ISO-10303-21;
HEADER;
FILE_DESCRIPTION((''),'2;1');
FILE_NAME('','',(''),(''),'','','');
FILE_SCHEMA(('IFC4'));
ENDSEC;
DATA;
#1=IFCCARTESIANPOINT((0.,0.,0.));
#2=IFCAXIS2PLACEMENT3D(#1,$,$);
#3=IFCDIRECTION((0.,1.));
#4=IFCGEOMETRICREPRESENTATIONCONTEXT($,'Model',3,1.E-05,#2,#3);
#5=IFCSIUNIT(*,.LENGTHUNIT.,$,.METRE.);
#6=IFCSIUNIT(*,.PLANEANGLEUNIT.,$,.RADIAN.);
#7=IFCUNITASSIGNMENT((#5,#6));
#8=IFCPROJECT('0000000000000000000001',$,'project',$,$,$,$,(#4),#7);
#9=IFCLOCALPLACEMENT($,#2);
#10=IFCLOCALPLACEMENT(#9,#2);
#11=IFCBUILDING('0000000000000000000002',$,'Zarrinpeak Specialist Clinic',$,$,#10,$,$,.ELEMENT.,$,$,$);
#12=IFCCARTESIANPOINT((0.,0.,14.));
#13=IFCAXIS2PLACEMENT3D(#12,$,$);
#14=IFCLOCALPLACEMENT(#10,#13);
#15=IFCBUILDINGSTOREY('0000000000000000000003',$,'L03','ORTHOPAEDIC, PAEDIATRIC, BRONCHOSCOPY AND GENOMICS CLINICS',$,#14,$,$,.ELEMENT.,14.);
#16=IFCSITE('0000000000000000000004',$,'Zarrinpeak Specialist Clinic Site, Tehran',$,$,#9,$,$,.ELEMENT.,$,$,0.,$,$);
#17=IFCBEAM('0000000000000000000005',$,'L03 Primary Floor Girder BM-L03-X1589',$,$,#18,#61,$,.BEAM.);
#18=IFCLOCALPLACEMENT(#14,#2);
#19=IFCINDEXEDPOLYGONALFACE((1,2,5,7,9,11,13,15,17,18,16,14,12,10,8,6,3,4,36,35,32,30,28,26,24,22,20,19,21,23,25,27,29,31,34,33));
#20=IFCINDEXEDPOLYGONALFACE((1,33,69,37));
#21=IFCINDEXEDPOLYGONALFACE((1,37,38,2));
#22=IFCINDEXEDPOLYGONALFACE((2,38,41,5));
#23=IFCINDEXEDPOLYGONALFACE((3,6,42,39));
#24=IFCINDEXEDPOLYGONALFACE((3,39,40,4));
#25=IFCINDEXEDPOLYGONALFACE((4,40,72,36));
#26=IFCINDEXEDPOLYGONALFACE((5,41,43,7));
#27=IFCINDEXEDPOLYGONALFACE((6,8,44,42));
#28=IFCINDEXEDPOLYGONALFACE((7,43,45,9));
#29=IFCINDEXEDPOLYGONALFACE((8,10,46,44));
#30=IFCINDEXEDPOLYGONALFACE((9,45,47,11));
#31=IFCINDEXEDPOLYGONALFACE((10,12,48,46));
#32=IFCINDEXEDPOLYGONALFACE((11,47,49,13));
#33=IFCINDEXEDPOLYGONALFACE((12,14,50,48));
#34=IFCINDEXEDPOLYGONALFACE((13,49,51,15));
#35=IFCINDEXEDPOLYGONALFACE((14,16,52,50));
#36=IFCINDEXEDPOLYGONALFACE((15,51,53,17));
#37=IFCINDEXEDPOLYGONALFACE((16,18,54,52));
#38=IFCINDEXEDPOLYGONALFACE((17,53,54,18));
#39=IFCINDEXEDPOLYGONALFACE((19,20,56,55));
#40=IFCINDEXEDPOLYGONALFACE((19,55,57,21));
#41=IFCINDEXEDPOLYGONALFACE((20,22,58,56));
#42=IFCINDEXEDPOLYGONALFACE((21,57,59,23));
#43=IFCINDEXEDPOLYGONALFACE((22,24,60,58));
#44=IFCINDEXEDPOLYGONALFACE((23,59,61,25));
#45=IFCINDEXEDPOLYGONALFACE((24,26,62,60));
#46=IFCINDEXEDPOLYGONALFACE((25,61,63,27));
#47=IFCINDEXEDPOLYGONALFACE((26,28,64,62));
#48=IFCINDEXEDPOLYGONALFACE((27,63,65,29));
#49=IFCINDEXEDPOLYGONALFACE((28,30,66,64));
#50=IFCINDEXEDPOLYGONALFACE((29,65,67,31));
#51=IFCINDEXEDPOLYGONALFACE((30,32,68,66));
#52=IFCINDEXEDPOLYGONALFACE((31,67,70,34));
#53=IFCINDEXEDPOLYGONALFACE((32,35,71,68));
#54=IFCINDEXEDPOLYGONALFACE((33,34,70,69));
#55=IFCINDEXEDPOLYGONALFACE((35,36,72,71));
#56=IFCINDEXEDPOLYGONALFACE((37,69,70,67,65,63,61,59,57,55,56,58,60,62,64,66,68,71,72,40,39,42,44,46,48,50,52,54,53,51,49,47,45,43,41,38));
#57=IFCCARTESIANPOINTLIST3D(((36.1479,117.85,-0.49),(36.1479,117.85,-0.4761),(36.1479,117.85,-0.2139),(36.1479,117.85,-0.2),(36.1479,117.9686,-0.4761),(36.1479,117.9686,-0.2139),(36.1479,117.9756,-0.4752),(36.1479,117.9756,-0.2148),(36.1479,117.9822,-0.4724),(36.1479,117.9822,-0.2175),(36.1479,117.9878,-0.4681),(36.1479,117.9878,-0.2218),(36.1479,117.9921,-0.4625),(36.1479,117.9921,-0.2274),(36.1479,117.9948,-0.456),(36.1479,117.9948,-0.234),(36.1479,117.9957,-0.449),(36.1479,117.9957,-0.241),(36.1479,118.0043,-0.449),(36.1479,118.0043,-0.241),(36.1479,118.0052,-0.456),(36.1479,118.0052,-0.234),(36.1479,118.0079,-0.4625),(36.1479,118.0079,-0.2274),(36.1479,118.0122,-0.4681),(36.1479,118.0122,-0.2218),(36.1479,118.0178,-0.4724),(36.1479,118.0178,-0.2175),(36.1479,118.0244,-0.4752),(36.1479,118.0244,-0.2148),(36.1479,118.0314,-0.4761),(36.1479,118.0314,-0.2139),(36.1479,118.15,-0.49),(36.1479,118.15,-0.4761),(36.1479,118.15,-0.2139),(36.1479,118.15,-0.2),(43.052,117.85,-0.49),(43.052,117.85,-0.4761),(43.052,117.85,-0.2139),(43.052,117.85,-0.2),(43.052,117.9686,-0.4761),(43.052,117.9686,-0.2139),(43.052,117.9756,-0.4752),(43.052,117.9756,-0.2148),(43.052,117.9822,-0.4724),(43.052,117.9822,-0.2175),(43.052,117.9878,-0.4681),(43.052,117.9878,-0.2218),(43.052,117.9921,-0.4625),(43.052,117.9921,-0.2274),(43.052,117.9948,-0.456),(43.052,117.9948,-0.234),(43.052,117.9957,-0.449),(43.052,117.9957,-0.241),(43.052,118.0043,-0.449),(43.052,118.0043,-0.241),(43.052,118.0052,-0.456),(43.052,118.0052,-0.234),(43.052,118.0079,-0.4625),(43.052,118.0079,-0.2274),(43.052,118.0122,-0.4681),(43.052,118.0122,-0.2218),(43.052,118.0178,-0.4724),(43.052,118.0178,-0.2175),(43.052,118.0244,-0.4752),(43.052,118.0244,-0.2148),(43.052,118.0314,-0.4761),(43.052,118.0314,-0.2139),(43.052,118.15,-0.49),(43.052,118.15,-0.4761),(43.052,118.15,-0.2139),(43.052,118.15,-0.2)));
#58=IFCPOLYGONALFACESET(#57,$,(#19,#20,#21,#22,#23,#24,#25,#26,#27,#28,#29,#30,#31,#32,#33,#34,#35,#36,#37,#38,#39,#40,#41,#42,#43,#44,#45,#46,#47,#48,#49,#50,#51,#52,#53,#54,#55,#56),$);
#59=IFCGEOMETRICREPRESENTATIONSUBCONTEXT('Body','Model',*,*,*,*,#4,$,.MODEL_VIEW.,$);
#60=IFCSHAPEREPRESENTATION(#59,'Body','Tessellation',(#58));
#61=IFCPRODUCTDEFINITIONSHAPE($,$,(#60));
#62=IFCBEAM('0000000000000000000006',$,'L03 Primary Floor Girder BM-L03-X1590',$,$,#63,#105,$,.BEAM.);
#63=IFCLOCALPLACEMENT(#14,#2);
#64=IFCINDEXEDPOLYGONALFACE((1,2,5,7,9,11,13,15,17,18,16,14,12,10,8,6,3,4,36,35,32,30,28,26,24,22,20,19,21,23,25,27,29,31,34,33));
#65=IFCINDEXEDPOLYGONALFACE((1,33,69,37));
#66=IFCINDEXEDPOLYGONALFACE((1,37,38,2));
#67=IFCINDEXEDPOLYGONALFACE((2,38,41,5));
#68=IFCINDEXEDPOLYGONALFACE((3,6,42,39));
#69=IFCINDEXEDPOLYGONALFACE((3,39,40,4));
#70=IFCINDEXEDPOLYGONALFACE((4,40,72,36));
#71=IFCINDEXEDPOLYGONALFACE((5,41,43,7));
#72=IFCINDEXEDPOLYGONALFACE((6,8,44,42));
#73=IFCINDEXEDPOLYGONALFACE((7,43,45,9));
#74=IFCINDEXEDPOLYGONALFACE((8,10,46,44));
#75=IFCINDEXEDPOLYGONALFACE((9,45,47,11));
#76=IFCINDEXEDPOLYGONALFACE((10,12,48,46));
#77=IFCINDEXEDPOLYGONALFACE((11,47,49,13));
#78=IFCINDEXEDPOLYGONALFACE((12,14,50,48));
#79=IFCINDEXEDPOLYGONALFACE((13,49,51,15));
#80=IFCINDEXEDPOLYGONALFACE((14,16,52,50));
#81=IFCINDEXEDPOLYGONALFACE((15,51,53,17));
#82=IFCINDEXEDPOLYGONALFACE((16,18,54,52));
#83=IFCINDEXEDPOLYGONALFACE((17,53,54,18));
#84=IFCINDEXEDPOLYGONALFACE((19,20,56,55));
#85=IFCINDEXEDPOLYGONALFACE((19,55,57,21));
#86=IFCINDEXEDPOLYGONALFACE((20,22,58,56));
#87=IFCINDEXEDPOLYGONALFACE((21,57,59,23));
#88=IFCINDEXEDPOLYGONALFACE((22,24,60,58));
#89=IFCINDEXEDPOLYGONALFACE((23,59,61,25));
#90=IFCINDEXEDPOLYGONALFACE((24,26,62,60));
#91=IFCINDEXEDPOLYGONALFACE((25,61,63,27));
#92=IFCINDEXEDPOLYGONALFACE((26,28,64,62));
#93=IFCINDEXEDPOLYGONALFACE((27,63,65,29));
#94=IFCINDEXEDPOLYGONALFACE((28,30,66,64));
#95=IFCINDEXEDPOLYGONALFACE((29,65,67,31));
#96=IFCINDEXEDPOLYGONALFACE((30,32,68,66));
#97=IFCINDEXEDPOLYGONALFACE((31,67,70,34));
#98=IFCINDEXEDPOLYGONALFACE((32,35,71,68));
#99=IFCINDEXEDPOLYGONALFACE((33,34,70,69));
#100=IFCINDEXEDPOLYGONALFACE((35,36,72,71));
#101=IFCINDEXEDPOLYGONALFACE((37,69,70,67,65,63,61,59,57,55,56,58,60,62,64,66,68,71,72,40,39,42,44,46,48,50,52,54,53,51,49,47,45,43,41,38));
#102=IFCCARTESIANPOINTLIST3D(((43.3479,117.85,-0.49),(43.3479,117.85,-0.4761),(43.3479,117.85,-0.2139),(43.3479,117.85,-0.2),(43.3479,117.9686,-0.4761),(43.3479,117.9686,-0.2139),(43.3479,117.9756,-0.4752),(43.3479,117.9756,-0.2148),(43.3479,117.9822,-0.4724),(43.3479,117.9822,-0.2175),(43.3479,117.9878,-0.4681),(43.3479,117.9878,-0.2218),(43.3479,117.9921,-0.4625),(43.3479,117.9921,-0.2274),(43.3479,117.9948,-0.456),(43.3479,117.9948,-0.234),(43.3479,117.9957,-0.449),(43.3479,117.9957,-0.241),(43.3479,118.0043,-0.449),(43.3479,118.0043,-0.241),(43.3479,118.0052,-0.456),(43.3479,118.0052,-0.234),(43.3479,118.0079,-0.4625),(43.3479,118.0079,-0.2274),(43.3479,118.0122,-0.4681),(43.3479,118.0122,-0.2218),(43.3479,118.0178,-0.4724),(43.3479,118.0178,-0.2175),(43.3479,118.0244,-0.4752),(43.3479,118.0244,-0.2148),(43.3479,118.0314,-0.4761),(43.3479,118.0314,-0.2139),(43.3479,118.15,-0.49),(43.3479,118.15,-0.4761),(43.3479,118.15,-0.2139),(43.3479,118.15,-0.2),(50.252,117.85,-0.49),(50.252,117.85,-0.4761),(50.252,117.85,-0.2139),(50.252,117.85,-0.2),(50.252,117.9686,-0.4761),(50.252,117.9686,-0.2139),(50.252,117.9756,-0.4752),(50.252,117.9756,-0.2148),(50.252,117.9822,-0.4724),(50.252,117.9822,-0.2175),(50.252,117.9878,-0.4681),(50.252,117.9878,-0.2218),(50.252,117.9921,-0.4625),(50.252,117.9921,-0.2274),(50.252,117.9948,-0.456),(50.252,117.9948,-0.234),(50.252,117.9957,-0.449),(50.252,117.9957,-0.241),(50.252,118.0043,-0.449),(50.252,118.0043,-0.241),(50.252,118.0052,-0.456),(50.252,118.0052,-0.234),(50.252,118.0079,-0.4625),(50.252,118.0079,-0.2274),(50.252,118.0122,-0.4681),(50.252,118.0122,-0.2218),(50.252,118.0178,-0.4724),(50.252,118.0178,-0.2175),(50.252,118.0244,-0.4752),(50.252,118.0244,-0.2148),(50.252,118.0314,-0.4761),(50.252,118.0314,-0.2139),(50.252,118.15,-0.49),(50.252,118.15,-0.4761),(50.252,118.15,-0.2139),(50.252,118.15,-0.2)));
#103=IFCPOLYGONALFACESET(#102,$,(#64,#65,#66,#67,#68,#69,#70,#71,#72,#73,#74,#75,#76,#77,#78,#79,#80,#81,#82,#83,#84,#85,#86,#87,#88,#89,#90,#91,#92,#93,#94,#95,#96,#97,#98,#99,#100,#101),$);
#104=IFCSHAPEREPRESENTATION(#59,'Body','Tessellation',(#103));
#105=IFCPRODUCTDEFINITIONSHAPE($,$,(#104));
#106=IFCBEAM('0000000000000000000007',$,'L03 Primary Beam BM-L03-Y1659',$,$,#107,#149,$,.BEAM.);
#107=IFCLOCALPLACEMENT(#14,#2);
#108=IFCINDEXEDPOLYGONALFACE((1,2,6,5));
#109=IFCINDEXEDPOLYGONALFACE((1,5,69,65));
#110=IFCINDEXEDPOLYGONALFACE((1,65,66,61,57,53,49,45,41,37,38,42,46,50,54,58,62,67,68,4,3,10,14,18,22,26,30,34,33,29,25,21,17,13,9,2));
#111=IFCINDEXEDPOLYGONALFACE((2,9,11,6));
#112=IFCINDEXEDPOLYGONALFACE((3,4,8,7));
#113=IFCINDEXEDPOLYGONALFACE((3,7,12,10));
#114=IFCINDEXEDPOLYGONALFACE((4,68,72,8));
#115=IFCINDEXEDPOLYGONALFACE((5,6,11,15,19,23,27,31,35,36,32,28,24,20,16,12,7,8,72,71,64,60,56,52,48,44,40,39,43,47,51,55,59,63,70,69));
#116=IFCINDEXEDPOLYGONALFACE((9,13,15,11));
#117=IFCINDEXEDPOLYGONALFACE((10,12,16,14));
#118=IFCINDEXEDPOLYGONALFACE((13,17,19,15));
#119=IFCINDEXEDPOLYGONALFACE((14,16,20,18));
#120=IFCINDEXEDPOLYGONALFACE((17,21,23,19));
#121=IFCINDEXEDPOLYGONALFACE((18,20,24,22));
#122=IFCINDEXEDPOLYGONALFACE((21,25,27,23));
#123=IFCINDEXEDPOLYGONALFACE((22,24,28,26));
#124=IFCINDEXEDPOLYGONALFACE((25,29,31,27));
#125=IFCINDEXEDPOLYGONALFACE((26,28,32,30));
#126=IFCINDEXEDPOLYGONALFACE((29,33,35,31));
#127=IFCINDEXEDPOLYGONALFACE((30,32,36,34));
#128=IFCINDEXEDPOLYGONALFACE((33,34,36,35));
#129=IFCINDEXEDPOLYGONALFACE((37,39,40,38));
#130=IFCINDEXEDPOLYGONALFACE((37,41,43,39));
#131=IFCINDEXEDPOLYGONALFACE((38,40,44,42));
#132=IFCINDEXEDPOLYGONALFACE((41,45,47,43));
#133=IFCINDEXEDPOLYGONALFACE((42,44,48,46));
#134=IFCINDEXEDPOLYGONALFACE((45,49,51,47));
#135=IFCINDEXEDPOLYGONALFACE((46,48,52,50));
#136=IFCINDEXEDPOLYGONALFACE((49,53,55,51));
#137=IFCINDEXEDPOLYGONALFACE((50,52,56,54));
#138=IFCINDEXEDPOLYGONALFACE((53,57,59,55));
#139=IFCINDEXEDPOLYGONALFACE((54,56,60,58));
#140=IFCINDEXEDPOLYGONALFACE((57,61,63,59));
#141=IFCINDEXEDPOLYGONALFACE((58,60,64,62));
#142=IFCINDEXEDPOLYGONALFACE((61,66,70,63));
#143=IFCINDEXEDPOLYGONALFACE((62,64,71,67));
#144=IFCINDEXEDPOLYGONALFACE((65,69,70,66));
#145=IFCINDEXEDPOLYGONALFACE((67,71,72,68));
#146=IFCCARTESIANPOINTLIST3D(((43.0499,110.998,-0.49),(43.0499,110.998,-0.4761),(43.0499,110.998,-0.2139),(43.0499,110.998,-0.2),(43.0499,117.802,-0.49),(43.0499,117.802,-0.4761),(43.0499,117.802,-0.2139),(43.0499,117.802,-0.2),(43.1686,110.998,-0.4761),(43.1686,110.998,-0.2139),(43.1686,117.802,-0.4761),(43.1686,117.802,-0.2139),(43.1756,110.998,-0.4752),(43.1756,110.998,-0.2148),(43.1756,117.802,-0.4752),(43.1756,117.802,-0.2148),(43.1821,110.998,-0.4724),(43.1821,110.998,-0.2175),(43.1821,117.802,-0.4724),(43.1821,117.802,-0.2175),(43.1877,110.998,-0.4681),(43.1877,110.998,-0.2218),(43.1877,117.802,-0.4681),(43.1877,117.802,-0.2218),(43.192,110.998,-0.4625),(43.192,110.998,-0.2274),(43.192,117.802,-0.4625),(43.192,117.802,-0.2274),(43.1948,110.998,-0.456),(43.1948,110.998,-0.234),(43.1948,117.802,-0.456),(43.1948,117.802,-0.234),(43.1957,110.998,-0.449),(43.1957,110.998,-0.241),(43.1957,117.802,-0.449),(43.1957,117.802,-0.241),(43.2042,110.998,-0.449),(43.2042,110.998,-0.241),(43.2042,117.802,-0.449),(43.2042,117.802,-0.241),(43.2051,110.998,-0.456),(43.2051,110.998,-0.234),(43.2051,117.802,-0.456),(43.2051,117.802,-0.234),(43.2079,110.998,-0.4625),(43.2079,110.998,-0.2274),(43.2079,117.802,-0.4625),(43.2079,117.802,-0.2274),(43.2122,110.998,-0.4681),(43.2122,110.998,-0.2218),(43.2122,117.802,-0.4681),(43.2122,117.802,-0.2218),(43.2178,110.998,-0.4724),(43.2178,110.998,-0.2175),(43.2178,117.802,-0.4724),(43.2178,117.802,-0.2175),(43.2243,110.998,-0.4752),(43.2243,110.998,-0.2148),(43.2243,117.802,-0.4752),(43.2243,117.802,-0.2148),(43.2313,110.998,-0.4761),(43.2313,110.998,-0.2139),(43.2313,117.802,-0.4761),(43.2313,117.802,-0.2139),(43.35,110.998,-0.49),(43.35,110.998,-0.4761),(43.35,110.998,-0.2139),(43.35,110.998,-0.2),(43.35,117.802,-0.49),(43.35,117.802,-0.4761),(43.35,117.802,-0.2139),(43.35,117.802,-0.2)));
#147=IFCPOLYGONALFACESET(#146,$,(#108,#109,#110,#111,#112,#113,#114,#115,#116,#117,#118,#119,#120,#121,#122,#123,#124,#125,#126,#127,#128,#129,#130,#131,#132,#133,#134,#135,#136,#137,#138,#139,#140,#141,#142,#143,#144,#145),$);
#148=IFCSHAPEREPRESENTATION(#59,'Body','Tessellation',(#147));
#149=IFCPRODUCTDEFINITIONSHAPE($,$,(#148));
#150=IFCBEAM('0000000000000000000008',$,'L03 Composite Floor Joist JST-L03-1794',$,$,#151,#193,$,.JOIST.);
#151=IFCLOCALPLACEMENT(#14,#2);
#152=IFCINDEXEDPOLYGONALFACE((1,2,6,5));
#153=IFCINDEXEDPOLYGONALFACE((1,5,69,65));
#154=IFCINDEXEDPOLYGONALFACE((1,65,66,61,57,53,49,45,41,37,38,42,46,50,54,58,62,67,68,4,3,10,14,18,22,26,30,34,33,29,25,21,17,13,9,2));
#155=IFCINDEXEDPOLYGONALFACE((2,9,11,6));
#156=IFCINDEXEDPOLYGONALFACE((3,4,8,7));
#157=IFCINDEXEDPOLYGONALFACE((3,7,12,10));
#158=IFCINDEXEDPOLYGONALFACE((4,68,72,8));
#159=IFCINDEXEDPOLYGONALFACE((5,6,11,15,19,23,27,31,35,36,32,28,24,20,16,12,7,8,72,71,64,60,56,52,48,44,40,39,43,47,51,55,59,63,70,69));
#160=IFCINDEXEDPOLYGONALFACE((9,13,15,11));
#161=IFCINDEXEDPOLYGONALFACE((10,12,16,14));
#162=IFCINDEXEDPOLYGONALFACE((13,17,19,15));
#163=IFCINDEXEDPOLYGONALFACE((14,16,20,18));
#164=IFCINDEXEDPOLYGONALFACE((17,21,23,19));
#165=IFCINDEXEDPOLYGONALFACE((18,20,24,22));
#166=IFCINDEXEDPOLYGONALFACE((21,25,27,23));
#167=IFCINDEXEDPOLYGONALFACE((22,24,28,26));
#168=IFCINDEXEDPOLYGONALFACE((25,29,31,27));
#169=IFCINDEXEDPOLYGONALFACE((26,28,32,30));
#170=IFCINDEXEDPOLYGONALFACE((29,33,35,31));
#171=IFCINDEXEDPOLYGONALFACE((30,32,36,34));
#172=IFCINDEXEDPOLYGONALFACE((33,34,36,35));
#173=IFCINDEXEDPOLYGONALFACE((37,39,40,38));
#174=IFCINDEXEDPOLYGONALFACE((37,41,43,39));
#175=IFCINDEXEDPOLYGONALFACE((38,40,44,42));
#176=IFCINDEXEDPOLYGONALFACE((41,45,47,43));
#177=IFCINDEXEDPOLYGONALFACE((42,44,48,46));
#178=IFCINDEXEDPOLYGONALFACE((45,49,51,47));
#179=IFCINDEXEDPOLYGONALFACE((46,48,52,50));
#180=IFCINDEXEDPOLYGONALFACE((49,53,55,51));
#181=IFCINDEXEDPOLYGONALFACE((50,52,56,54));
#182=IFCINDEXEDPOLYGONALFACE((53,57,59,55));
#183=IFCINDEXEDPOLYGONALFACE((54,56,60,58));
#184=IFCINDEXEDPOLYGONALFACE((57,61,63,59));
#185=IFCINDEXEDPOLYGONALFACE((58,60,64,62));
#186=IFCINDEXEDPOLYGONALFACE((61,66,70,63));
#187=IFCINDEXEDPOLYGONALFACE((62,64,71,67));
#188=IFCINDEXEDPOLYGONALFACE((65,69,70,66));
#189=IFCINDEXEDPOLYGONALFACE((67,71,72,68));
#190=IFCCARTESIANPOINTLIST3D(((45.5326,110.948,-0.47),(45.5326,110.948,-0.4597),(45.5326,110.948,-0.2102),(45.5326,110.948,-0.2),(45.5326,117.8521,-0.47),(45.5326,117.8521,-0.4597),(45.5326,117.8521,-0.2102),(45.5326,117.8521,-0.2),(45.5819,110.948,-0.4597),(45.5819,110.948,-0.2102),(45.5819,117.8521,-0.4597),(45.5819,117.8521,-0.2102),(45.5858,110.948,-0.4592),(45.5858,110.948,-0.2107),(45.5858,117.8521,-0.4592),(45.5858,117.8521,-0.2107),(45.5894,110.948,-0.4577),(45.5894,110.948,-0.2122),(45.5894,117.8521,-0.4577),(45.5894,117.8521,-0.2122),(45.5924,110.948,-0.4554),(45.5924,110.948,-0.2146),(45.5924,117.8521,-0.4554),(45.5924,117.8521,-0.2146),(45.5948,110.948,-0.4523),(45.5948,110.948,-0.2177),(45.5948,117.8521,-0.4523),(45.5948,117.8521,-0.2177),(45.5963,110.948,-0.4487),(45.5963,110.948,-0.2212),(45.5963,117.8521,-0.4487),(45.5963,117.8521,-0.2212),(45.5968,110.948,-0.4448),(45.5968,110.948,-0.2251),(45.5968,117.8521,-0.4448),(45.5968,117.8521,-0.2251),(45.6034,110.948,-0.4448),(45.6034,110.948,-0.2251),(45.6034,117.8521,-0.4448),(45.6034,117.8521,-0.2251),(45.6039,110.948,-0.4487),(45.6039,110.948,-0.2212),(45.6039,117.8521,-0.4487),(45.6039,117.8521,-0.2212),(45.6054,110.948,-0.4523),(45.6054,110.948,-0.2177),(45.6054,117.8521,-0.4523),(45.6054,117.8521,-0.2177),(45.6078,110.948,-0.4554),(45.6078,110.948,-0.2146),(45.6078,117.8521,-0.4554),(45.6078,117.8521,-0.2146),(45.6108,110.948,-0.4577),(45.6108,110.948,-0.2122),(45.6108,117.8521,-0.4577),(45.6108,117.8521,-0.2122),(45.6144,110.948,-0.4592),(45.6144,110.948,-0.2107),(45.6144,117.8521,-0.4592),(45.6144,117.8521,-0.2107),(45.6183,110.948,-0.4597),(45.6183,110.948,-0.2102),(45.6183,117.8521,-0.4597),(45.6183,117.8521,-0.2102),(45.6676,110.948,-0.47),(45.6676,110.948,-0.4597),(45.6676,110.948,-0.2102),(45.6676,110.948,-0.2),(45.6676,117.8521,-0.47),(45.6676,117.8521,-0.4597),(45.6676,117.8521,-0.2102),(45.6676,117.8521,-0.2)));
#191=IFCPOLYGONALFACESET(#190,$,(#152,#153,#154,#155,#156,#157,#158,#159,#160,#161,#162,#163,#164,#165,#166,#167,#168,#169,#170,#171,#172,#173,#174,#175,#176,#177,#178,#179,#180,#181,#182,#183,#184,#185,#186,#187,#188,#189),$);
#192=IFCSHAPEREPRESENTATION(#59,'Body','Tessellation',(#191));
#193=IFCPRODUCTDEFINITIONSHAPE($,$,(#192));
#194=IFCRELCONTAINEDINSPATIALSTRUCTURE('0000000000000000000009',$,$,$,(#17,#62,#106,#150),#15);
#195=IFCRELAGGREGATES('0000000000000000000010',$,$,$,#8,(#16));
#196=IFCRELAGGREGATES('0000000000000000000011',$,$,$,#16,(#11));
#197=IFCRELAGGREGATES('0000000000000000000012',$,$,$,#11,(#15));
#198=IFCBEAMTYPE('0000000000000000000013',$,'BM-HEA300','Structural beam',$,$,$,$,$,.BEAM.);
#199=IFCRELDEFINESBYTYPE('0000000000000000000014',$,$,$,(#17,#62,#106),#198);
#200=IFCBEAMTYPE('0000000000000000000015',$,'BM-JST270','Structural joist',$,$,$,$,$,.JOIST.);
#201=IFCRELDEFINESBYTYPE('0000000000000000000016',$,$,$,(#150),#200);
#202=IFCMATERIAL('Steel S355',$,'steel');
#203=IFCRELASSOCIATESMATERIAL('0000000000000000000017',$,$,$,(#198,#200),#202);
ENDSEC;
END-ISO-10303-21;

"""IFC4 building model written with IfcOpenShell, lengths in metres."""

from ifc_helpers import new_model, si_unit, direction, frame, origin, origin_2d, place, context, subcontext, project, spatial, i_section, extrude, material, material_profile, profile_set, type_object, element, save


model = new_model("IFC4")

# Units and contexts
model_context = context("Model", 3, precision=1e-05, world=origin(), true_north=direction((0.0, 1.0)))
body_context = subcontext(model_context, "Body", "Model", "MODEL_VIEW")
ifc_project = project(units=[si_unit("LENGTHUNIT", "METRE"), si_unit("PLANEANGLEUNIT", "RADIAN")], contexts=[model_context])

# Site, building, storey
site_placement = place(None, origin())
site = spatial("IfcSite", under=ifc_project, at=site_placement, Name="Zarrinpeak Specialist Clinic Site, Tehran", CompositionType="ELEMENT", RefElevation=0.0)
building_placement = place(site_placement, origin())
building = spatial("IfcBuilding", under=site, at=building_placement, Name="Zarrinpeak Specialist Clinic", CompositionType="ELEMENT")
storey_placement = place(building_placement, frame((0.0, 0.0, 14.0)))
storey = spatial("IfcBuildingStorey", under=building, at=storey_placement, Name="L03", Description="ORTHOPAEDIC, PAEDIATRIC, BRONCHOSCOPY AND GENOMICS CLINICS", CompositionType="ELEMENT", Elevation=14.0)

# Shared definitions
ifc_material_1 = material(Name="Steel S355", Category="steel")

# Beams
ifc_material_profile_1 = material_profile(ifc_material_1, i_section(OverallWidth=0.3, OverallDepth=0.29, WebThickness=0.0085, FlangeThickness=0.0139, FilletRadius=0.0271, at=origin_2d()), Name="HEA 300")
ifc_profile_set_1 = profile_set([ifc_material_profile_1], Name="Steel S355")
beam_type_1 = type_object("IfcBeamType", Name="BM-HEA300", Description="Structural beam", PredefinedType="BEAM", material=ifc_profile_set_1)
for number, where, z_axis, x_axis, name in (
    (1, (36.1479, 118.0, -0.345), (1.0, 0.0, 0.0), (0.0, 1.0, 0.0), "L03 Primary Floor Girder BM-L03-X1589"),
    (2, (43.3479, 118.0, -0.345), (1.0, 0.0, 0.0), (0.0, 1.0, 0.0), "L03 Primary Floor Girder BM-L03-X1590"),
):
    element("IfcBeam", number, at=place(storey_placement, frame(where, z_axis=z_axis, x_axis=x_axis)), inside=storey, type_object=beam_type_1, Name=name, PredefinedType="BEAM", context=body_context, shape_type="SweptSolid", body=[
        extrude(i_section(OverallWidth=0.3, OverallDepth=0.29, WebThickness=0.0085, FlangeThickness=0.0139, FilletRadius=0.0271, at=origin_2d()), origin(), (0.0, 0.0, 1.0), 6.9041),
    ])
beam_placement = place(storey_placement, frame((43.2, 110.998, -0.345), z_axis=(0.0, 1.0, 0.0), x_axis=(-1.0, 0.0, 0.0)))
element("IfcBeam", 3, at=beam_placement, inside=storey, type_object=beam_type_1, Name="L03 Primary Beam BM-L03-Y1659", PredefinedType="BEAM", context=body_context, shape_type="SweptSolid", body=[
    extrude(i_section(OverallWidth=0.3, OverallDepth=0.29, WebThickness=0.0085, FlangeThickness=0.0139, FilletRadius=0.0271, at=origin_2d()), origin(), (0.0, 0.0, 1.0), 6.804),
])
ifc_material_profile_2 = material_profile(ifc_material_1, i_section(OverallWidth=0.135, OverallDepth=0.27, WebThickness=0.0066, FlangeThickness=0.0103, FilletRadius=0.0149, at=origin_2d()), Name="IPE 270")
ifc_profile_set_2 = profile_set([ifc_material_profile_2], Name="Steel S355")
beam_type_2 = type_object("IfcBeamType", Name="BM-JST270", Description="Structural joist", PredefinedType="JOIST", material=ifc_profile_set_2)
for number, where, z_axis, x_axis, name in (
    (4, (45.6001, 110.948, -0.335), (0.0, 1.0, 0.0), (-1.0, 0.0, 0.0), "L03 Composite Floor Joist JST-L03-1794"),
):
    element("IfcBeam", number, at=place(storey_placement, frame(where, z_axis=z_axis, x_axis=x_axis)), inside=storey, type_object=beam_type_2, Name=name, PredefinedType="JOIST", context=body_context, shape_type="SweptSolid", body=[
        extrude(i_section(OverallWidth=0.135, OverallDepth=0.27, WebThickness=0.0066, FlangeThickness=0.0103, FilletRadius=0.0149, at=origin_2d()), origin(), (0.0, 0.0, 1.0), 6.9041),
    ])

save(model, "model.ifc")
